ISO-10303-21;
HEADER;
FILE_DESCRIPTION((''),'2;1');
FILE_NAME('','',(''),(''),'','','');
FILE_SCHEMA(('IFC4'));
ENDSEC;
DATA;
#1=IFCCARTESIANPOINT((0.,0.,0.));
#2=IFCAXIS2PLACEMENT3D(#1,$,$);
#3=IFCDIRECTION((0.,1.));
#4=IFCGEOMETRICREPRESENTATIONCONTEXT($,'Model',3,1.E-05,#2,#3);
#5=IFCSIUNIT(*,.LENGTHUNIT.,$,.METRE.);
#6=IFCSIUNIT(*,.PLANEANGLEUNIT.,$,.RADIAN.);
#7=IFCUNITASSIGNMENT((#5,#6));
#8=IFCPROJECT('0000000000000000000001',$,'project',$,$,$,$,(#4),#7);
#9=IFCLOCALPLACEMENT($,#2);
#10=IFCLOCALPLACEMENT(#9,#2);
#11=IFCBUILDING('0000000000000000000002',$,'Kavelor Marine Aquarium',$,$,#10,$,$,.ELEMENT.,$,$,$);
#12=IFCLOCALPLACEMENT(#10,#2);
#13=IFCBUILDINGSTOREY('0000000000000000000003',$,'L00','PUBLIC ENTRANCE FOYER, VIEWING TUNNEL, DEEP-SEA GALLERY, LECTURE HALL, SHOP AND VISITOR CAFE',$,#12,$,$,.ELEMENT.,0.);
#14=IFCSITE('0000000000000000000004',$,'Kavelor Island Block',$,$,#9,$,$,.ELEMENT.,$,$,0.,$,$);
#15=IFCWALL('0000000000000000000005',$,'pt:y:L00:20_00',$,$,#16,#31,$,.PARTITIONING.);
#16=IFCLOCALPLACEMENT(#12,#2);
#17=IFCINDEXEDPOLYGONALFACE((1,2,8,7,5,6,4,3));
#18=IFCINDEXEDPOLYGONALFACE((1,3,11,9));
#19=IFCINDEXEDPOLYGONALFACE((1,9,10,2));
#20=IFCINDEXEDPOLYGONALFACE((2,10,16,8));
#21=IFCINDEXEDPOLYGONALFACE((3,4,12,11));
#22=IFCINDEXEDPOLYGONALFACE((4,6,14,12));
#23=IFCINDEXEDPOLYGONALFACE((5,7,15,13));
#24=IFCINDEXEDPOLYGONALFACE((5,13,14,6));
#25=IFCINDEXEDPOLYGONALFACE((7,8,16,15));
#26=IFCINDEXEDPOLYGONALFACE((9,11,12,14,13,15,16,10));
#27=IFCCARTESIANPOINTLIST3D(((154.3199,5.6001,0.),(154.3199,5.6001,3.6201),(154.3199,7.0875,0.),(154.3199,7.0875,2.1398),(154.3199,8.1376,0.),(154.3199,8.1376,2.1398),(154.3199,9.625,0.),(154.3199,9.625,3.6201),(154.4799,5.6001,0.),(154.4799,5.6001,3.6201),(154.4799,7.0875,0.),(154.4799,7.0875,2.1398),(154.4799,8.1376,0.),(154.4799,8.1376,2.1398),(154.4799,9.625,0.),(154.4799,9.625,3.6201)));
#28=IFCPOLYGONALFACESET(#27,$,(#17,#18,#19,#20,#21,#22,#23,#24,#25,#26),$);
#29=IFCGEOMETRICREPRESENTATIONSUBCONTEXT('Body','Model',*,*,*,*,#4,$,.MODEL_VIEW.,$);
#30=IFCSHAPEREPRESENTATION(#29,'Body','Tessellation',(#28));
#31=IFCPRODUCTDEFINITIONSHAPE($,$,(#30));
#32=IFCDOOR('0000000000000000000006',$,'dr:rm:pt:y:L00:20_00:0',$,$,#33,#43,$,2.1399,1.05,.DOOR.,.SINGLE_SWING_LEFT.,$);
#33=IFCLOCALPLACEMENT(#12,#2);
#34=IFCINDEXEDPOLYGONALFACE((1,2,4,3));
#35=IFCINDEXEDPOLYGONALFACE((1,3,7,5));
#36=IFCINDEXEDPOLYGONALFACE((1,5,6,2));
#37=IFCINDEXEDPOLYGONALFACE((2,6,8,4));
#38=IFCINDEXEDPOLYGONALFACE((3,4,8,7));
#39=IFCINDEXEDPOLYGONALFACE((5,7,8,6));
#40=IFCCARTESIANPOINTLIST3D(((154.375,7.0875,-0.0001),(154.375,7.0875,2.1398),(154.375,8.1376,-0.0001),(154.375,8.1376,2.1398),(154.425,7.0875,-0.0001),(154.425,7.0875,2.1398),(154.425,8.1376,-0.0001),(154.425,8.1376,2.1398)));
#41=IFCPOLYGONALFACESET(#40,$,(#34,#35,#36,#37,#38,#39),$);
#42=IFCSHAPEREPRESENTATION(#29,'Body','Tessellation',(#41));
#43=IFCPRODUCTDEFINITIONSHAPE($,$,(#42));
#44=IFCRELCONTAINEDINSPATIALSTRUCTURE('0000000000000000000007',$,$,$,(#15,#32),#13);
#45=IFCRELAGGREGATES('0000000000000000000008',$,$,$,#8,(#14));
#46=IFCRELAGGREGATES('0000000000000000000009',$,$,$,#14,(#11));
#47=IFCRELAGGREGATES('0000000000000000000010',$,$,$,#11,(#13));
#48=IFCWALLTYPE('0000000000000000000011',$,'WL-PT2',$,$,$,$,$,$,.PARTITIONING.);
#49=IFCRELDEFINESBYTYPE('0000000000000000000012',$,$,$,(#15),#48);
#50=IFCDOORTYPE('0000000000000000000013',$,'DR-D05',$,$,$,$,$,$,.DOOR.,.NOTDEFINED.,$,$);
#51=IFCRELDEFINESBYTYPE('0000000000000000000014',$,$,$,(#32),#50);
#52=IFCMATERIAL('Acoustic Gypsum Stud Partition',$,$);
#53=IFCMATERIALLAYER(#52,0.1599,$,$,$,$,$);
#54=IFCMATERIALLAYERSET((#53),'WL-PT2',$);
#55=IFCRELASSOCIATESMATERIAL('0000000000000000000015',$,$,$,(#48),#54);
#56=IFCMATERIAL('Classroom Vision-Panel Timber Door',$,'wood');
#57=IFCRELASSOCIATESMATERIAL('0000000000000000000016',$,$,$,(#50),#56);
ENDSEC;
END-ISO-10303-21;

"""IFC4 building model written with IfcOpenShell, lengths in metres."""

from ifc_helpers import new_model, si_unit, direction, frame, frame_2d, origin, place, context, subcontext, project, spatial, rectangle, extrude, material, layer, layer_set, type_object, element, fill, save


model = new_model("IFC4")

# Units and contexts
model_context = context("Model", 3, precision=1e-05, world=origin(), true_north=direction((0.0, 1.0)))
body_context = subcontext(model_context, "Body", "Model", "MODEL_VIEW")
ifc_project = project(units=[si_unit("LENGTHUNIT", "METRE"), si_unit("PLANEANGLEUNIT", "RADIAN")], contexts=[model_context])

# Site, building, storey
site_placement = place(None, origin())
site = spatial("IfcSite", under=ifc_project, at=site_placement, Name="Kavelor Island Block", CompositionType="ELEMENT", RefElevation=0.0)
building_placement = place(site_placement, origin())
building = spatial("IfcBuilding", under=site, at=building_placement, Name="Kavelor Marine Aquarium", CompositionType="ELEMENT")
storey_placement = place(building_placement, origin())
storey = spatial("IfcBuildingStorey", under=building, at=storey_placement, Name="L00", Description="PUBLIC ENTRANCE FOYER, VIEWING TUNNEL, DEEP-SEA GALLERY, LECTURE HALL, SHOP AND VISITOR CAFE", CompositionType="ELEMENT", Elevation=0.0)

# Wall, opening, door
ifc_material_1 = material(Name="Acoustic Gypsum Stud Partition")
ifc_layer_1 = layer(ifc_material_1, 0.1599)
ifc_layer_set_1 = layer_set([ifc_layer_1], Name="WL-PT2")
wall_type = type_object("IfcWallType", Name="WL-PT2", PredefinedType="PARTITIONING", material=ifc_layer_set_1)
wall_placement = place(storey_placement, frame((154.3999, 5.6001, 0.0), z_axis=(0.0, 0.0, 1.0), x_axis=(0.0, 1.0, 0.0)))
wall = element("IfcWall", 1, at=wall_placement, inside=storey, type_object=wall_type, Name="pt:y:L00:20_00", PredefinedType="PARTITIONING", context=body_context, shape_type="SweptSolid", body=[
    extrude(rectangle(XDim=4.0249, YDim=0.1599, at=frame_2d((2.0125, 0.0))), origin(), (0.0, 0.0, 1.0), 3.6201),
])
opening_placement = place(wall_placement, frame((1.4875, 0.0, 0.0)))
opening = element("IfcOpeningElement", 2, at=opening_placement, cuts=wall, PredefinedType="OPENING", context=body_context, shape_type="SweptSolid", body=[
    extrude(rectangle(XDim=1.05, YDim=2.1399, at=frame_2d((0.5249, 1.0698))), frame((0.0, 0.0898, 0.0), z_axis=(0.0, -1.0, 0.0), x_axis=(1.0, 0.0, 0.0)), (0.0, 0.0, 1.0), 0.1799),
])
ifc_material_2 = material(Name="Classroom Vision-Panel Timber Door", Category="wood")
door_type = type_object("IfcDoorType", Name="DR-D05", OperationType="NOTDEFINED", PredefinedType="DOOR", material=ifc_material_2)
door_placement = place(opening_placement, origin())
door = element("IfcDoor", 3, at=door_placement, inside=storey, type_object=door_type, Name="dr:rm:pt:y:L00:20_00:0", OperationType="SINGLE_SWING_LEFT", OverallHeight=2.1399, OverallWidth=1.05, PredefinedType="DOOR", context=body_context, shape_type="SweptSolid", body=[
    extrude(rectangle(XDim=1.05, YDim=2.1399, at=frame_2d((0.5249, 1.0698))), frame((0.0, 0.0249, 0.0), z_axis=(0.0, -1.0, 0.0), x_axis=(1.0, 0.0, 0.0)), (0.0, 0.0, 1.0), 0.05),
])
fill(opening, door)

save(model, "model.ifc")
